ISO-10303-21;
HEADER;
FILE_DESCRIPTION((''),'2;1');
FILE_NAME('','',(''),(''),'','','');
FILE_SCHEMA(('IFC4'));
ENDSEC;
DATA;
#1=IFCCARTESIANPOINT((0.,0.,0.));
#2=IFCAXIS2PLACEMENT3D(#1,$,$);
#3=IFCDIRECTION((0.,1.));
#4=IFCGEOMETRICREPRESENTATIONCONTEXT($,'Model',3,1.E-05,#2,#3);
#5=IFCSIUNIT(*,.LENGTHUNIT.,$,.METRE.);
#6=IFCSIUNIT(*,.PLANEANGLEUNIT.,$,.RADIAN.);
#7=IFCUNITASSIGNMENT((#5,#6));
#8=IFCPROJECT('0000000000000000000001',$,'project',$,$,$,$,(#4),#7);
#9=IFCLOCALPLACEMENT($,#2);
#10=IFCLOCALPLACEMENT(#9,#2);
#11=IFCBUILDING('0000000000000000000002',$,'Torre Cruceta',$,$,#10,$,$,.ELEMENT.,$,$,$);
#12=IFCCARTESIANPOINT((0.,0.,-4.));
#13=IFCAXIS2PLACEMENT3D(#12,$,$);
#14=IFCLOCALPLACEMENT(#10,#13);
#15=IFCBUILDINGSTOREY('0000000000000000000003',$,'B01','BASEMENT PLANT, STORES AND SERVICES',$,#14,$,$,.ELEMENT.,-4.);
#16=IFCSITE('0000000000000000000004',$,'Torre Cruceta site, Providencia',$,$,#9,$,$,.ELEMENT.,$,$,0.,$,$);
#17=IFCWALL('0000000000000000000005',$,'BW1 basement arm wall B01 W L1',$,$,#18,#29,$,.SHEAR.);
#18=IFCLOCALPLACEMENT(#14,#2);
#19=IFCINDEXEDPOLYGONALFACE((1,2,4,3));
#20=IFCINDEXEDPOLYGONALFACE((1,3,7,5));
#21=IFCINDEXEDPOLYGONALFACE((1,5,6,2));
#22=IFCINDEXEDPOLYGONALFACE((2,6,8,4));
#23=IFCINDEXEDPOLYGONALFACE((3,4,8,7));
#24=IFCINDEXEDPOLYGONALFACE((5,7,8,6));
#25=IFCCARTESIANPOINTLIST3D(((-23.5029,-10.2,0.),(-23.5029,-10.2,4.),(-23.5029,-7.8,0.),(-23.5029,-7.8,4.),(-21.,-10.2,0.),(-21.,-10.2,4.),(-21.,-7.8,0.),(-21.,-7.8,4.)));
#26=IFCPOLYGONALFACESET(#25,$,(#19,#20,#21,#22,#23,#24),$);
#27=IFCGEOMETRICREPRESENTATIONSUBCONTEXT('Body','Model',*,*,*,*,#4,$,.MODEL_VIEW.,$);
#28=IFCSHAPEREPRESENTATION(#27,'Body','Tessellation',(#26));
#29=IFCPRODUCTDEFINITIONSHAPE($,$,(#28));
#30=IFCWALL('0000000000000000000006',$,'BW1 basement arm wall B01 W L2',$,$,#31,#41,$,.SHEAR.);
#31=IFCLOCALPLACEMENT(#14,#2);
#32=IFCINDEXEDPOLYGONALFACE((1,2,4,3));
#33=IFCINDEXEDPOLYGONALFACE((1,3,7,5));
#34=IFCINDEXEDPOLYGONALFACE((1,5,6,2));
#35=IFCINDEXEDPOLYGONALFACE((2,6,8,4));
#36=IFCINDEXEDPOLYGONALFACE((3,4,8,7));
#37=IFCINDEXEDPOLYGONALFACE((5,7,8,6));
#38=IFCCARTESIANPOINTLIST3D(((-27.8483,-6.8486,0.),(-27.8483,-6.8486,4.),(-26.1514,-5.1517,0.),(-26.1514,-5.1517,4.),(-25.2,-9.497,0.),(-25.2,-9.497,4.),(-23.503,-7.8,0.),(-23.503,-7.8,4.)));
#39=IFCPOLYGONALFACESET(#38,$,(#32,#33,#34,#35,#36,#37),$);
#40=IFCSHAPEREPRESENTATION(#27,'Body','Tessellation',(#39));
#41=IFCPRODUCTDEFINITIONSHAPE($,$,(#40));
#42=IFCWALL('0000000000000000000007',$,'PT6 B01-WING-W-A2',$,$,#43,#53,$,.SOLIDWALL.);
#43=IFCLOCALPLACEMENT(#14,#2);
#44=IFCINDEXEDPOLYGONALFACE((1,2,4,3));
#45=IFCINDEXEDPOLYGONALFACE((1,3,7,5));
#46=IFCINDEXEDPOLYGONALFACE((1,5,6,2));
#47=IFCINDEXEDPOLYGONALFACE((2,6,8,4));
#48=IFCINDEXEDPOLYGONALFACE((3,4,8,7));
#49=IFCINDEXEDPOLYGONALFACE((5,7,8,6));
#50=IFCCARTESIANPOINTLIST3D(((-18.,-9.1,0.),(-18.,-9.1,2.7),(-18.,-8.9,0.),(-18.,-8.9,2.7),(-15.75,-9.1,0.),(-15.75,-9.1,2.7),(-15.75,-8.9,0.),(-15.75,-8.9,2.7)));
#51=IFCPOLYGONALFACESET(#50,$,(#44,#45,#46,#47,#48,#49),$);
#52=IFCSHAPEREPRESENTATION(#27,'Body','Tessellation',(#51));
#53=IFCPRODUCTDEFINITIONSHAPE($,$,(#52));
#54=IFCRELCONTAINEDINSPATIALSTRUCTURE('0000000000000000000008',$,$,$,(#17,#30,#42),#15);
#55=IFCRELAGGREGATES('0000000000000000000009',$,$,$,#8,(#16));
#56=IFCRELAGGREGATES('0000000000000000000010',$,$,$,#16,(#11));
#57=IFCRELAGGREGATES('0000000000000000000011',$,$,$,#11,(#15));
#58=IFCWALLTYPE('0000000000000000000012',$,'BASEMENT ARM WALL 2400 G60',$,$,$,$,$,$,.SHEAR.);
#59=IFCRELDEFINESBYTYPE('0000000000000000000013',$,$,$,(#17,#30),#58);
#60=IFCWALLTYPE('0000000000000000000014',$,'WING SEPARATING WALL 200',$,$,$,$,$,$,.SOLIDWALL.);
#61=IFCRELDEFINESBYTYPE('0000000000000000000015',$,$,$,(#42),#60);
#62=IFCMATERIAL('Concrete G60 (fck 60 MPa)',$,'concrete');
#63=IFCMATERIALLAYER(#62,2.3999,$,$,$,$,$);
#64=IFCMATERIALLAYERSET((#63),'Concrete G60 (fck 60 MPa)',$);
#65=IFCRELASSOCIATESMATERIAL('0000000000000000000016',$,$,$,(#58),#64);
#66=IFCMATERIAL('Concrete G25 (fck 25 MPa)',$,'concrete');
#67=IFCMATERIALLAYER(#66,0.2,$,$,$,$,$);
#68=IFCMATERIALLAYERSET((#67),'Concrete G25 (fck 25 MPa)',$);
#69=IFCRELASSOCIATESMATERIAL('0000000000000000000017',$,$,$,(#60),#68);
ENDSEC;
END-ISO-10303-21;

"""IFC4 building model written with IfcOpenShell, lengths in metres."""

from ifc_helpers import new_model, si_unit, direction, frame, frame_2d, origin, place, context, subcontext, project, spatial, rectangle, extrude, material, layer, layer_set, type_object, element, save


model = new_model("IFC4")

# Units and contexts
model_context = context("Model", 3, precision=1e-05, world=origin(), true_north=direction((0.0, 1.0)))
body_context = subcontext(model_context, "Body", "Model", "MODEL_VIEW")
ifc_project = project(units=[si_unit("LENGTHUNIT", "METRE"), si_unit("PLANEANGLEUNIT", "RADIAN")], contexts=[model_context])

# Site, building, storey
site_placement = place(None, origin())
site = spatial("IfcSite", under=ifc_project, at=site_placement, Name="Torre Cruceta site, Providencia", CompositionType="ELEMENT", RefElevation=0.0)
building_placement = place(site_placement, origin())
building = spatial("IfcBuilding", under=site, at=building_placement, Name="Torre Cruceta", CompositionType="ELEMENT")
storey_placement = place(building_placement, frame((0.0, 0.0, -4.0)))
storey = spatial("IfcBuildingStorey", under=building, at=storey_placement, Name="B01", Description="BASEMENT PLANT, STORES AND SERVICES", CompositionType="ELEMENT", Elevation=-4.0)

# Walls
ifc_material_1 = material(Name="Concrete G60 (fck 60 MPa)", Category="concrete")
ifc_layer_1 = layer(ifc_material_1, 2.3999)
ifc_layer_set_1 = layer_set([ifc_layer_1], Name="Concrete G60 (fck 60 MPa)")
wall_type_1 = type_object("IfcWallType", Name="BASEMENT ARM WALL 2400 G60", PredefinedType="SHEAR", material=ifc_layer_set_1)
wall_1_placement = place(storey_placement, frame((-21.0, -9.0, 0.0), z_axis=(0.0, 0.0, 1.0), x_axis=(-1.0, 0.0, 0.0)))
element("IfcWall", 1, at=wall_1_placement, inside=storey, type_object=wall_type_1, Name="BW1 basement arm wall B01 W L1", PredefinedType="SHEAR", context=body_context, shape_type="SweptSolid", body=[
    extrude(rectangle(XDim=2.5029, YDim=2.3999, at=frame_2d((1.2515, 0.0))), origin(), (0.0, 0.0, 1.0), 4.0),
])
wall_2_placement = place(storey_placement, frame((-24.3516, -8.6484, 0.0), z_axis=(0.0, 0.0, 1.0), x_axis=(-0.707107, 0.707107, 0.0)))
element("IfcWall", 2, at=wall_2_placement, inside=storey, type_object=wall_type_1, Name="BW1 basement arm wall B01 W L2", PredefinedType="SHEAR", context=body_context, shape_type="SweptSolid", body=[
    extrude(rectangle(XDim=3.7454, YDim=2.3999, at=frame_2d((1.8726, 0.0))), origin(), (0.0, 0.0, 1.0), 4.0),
])
ifc_material_2 = material(Name="Concrete G25 (fck 25 MPa)", Category="concrete")
ifc_layer_2 = layer(ifc_material_2, 0.2)
ifc_layer_set_2 = layer_set([ifc_layer_2], Name="Concrete G25 (fck 25 MPa)")
wall_type_2 = type_object("IfcWallType", Name="WING SEPARATING WALL 200", PredefinedType="SOLIDWALL", material=ifc_layer_set_2)
wall_3_placement = place(storey_placement, frame((-15.75, -9.0, 0.0), z_axis=(0.0, 0.0, 1.0), x_axis=(-1.0, 0.0, 0.0)))
element("IfcWall", 3, at=wall_3_placement, inside=storey, type_object=wall_type_2, Name="PT6 B01-WING-W-A2", PredefinedType="SOLIDWALL", context=body_context, shape_type="SweptSolid", body=[
    extrude(rectangle(XDim=2.25, YDim=0.2, at=frame_2d((1.125, 0.0))), origin(), (0.0, 0.0, 1.0), 2.7),
])

save(model, "model.ifc")
